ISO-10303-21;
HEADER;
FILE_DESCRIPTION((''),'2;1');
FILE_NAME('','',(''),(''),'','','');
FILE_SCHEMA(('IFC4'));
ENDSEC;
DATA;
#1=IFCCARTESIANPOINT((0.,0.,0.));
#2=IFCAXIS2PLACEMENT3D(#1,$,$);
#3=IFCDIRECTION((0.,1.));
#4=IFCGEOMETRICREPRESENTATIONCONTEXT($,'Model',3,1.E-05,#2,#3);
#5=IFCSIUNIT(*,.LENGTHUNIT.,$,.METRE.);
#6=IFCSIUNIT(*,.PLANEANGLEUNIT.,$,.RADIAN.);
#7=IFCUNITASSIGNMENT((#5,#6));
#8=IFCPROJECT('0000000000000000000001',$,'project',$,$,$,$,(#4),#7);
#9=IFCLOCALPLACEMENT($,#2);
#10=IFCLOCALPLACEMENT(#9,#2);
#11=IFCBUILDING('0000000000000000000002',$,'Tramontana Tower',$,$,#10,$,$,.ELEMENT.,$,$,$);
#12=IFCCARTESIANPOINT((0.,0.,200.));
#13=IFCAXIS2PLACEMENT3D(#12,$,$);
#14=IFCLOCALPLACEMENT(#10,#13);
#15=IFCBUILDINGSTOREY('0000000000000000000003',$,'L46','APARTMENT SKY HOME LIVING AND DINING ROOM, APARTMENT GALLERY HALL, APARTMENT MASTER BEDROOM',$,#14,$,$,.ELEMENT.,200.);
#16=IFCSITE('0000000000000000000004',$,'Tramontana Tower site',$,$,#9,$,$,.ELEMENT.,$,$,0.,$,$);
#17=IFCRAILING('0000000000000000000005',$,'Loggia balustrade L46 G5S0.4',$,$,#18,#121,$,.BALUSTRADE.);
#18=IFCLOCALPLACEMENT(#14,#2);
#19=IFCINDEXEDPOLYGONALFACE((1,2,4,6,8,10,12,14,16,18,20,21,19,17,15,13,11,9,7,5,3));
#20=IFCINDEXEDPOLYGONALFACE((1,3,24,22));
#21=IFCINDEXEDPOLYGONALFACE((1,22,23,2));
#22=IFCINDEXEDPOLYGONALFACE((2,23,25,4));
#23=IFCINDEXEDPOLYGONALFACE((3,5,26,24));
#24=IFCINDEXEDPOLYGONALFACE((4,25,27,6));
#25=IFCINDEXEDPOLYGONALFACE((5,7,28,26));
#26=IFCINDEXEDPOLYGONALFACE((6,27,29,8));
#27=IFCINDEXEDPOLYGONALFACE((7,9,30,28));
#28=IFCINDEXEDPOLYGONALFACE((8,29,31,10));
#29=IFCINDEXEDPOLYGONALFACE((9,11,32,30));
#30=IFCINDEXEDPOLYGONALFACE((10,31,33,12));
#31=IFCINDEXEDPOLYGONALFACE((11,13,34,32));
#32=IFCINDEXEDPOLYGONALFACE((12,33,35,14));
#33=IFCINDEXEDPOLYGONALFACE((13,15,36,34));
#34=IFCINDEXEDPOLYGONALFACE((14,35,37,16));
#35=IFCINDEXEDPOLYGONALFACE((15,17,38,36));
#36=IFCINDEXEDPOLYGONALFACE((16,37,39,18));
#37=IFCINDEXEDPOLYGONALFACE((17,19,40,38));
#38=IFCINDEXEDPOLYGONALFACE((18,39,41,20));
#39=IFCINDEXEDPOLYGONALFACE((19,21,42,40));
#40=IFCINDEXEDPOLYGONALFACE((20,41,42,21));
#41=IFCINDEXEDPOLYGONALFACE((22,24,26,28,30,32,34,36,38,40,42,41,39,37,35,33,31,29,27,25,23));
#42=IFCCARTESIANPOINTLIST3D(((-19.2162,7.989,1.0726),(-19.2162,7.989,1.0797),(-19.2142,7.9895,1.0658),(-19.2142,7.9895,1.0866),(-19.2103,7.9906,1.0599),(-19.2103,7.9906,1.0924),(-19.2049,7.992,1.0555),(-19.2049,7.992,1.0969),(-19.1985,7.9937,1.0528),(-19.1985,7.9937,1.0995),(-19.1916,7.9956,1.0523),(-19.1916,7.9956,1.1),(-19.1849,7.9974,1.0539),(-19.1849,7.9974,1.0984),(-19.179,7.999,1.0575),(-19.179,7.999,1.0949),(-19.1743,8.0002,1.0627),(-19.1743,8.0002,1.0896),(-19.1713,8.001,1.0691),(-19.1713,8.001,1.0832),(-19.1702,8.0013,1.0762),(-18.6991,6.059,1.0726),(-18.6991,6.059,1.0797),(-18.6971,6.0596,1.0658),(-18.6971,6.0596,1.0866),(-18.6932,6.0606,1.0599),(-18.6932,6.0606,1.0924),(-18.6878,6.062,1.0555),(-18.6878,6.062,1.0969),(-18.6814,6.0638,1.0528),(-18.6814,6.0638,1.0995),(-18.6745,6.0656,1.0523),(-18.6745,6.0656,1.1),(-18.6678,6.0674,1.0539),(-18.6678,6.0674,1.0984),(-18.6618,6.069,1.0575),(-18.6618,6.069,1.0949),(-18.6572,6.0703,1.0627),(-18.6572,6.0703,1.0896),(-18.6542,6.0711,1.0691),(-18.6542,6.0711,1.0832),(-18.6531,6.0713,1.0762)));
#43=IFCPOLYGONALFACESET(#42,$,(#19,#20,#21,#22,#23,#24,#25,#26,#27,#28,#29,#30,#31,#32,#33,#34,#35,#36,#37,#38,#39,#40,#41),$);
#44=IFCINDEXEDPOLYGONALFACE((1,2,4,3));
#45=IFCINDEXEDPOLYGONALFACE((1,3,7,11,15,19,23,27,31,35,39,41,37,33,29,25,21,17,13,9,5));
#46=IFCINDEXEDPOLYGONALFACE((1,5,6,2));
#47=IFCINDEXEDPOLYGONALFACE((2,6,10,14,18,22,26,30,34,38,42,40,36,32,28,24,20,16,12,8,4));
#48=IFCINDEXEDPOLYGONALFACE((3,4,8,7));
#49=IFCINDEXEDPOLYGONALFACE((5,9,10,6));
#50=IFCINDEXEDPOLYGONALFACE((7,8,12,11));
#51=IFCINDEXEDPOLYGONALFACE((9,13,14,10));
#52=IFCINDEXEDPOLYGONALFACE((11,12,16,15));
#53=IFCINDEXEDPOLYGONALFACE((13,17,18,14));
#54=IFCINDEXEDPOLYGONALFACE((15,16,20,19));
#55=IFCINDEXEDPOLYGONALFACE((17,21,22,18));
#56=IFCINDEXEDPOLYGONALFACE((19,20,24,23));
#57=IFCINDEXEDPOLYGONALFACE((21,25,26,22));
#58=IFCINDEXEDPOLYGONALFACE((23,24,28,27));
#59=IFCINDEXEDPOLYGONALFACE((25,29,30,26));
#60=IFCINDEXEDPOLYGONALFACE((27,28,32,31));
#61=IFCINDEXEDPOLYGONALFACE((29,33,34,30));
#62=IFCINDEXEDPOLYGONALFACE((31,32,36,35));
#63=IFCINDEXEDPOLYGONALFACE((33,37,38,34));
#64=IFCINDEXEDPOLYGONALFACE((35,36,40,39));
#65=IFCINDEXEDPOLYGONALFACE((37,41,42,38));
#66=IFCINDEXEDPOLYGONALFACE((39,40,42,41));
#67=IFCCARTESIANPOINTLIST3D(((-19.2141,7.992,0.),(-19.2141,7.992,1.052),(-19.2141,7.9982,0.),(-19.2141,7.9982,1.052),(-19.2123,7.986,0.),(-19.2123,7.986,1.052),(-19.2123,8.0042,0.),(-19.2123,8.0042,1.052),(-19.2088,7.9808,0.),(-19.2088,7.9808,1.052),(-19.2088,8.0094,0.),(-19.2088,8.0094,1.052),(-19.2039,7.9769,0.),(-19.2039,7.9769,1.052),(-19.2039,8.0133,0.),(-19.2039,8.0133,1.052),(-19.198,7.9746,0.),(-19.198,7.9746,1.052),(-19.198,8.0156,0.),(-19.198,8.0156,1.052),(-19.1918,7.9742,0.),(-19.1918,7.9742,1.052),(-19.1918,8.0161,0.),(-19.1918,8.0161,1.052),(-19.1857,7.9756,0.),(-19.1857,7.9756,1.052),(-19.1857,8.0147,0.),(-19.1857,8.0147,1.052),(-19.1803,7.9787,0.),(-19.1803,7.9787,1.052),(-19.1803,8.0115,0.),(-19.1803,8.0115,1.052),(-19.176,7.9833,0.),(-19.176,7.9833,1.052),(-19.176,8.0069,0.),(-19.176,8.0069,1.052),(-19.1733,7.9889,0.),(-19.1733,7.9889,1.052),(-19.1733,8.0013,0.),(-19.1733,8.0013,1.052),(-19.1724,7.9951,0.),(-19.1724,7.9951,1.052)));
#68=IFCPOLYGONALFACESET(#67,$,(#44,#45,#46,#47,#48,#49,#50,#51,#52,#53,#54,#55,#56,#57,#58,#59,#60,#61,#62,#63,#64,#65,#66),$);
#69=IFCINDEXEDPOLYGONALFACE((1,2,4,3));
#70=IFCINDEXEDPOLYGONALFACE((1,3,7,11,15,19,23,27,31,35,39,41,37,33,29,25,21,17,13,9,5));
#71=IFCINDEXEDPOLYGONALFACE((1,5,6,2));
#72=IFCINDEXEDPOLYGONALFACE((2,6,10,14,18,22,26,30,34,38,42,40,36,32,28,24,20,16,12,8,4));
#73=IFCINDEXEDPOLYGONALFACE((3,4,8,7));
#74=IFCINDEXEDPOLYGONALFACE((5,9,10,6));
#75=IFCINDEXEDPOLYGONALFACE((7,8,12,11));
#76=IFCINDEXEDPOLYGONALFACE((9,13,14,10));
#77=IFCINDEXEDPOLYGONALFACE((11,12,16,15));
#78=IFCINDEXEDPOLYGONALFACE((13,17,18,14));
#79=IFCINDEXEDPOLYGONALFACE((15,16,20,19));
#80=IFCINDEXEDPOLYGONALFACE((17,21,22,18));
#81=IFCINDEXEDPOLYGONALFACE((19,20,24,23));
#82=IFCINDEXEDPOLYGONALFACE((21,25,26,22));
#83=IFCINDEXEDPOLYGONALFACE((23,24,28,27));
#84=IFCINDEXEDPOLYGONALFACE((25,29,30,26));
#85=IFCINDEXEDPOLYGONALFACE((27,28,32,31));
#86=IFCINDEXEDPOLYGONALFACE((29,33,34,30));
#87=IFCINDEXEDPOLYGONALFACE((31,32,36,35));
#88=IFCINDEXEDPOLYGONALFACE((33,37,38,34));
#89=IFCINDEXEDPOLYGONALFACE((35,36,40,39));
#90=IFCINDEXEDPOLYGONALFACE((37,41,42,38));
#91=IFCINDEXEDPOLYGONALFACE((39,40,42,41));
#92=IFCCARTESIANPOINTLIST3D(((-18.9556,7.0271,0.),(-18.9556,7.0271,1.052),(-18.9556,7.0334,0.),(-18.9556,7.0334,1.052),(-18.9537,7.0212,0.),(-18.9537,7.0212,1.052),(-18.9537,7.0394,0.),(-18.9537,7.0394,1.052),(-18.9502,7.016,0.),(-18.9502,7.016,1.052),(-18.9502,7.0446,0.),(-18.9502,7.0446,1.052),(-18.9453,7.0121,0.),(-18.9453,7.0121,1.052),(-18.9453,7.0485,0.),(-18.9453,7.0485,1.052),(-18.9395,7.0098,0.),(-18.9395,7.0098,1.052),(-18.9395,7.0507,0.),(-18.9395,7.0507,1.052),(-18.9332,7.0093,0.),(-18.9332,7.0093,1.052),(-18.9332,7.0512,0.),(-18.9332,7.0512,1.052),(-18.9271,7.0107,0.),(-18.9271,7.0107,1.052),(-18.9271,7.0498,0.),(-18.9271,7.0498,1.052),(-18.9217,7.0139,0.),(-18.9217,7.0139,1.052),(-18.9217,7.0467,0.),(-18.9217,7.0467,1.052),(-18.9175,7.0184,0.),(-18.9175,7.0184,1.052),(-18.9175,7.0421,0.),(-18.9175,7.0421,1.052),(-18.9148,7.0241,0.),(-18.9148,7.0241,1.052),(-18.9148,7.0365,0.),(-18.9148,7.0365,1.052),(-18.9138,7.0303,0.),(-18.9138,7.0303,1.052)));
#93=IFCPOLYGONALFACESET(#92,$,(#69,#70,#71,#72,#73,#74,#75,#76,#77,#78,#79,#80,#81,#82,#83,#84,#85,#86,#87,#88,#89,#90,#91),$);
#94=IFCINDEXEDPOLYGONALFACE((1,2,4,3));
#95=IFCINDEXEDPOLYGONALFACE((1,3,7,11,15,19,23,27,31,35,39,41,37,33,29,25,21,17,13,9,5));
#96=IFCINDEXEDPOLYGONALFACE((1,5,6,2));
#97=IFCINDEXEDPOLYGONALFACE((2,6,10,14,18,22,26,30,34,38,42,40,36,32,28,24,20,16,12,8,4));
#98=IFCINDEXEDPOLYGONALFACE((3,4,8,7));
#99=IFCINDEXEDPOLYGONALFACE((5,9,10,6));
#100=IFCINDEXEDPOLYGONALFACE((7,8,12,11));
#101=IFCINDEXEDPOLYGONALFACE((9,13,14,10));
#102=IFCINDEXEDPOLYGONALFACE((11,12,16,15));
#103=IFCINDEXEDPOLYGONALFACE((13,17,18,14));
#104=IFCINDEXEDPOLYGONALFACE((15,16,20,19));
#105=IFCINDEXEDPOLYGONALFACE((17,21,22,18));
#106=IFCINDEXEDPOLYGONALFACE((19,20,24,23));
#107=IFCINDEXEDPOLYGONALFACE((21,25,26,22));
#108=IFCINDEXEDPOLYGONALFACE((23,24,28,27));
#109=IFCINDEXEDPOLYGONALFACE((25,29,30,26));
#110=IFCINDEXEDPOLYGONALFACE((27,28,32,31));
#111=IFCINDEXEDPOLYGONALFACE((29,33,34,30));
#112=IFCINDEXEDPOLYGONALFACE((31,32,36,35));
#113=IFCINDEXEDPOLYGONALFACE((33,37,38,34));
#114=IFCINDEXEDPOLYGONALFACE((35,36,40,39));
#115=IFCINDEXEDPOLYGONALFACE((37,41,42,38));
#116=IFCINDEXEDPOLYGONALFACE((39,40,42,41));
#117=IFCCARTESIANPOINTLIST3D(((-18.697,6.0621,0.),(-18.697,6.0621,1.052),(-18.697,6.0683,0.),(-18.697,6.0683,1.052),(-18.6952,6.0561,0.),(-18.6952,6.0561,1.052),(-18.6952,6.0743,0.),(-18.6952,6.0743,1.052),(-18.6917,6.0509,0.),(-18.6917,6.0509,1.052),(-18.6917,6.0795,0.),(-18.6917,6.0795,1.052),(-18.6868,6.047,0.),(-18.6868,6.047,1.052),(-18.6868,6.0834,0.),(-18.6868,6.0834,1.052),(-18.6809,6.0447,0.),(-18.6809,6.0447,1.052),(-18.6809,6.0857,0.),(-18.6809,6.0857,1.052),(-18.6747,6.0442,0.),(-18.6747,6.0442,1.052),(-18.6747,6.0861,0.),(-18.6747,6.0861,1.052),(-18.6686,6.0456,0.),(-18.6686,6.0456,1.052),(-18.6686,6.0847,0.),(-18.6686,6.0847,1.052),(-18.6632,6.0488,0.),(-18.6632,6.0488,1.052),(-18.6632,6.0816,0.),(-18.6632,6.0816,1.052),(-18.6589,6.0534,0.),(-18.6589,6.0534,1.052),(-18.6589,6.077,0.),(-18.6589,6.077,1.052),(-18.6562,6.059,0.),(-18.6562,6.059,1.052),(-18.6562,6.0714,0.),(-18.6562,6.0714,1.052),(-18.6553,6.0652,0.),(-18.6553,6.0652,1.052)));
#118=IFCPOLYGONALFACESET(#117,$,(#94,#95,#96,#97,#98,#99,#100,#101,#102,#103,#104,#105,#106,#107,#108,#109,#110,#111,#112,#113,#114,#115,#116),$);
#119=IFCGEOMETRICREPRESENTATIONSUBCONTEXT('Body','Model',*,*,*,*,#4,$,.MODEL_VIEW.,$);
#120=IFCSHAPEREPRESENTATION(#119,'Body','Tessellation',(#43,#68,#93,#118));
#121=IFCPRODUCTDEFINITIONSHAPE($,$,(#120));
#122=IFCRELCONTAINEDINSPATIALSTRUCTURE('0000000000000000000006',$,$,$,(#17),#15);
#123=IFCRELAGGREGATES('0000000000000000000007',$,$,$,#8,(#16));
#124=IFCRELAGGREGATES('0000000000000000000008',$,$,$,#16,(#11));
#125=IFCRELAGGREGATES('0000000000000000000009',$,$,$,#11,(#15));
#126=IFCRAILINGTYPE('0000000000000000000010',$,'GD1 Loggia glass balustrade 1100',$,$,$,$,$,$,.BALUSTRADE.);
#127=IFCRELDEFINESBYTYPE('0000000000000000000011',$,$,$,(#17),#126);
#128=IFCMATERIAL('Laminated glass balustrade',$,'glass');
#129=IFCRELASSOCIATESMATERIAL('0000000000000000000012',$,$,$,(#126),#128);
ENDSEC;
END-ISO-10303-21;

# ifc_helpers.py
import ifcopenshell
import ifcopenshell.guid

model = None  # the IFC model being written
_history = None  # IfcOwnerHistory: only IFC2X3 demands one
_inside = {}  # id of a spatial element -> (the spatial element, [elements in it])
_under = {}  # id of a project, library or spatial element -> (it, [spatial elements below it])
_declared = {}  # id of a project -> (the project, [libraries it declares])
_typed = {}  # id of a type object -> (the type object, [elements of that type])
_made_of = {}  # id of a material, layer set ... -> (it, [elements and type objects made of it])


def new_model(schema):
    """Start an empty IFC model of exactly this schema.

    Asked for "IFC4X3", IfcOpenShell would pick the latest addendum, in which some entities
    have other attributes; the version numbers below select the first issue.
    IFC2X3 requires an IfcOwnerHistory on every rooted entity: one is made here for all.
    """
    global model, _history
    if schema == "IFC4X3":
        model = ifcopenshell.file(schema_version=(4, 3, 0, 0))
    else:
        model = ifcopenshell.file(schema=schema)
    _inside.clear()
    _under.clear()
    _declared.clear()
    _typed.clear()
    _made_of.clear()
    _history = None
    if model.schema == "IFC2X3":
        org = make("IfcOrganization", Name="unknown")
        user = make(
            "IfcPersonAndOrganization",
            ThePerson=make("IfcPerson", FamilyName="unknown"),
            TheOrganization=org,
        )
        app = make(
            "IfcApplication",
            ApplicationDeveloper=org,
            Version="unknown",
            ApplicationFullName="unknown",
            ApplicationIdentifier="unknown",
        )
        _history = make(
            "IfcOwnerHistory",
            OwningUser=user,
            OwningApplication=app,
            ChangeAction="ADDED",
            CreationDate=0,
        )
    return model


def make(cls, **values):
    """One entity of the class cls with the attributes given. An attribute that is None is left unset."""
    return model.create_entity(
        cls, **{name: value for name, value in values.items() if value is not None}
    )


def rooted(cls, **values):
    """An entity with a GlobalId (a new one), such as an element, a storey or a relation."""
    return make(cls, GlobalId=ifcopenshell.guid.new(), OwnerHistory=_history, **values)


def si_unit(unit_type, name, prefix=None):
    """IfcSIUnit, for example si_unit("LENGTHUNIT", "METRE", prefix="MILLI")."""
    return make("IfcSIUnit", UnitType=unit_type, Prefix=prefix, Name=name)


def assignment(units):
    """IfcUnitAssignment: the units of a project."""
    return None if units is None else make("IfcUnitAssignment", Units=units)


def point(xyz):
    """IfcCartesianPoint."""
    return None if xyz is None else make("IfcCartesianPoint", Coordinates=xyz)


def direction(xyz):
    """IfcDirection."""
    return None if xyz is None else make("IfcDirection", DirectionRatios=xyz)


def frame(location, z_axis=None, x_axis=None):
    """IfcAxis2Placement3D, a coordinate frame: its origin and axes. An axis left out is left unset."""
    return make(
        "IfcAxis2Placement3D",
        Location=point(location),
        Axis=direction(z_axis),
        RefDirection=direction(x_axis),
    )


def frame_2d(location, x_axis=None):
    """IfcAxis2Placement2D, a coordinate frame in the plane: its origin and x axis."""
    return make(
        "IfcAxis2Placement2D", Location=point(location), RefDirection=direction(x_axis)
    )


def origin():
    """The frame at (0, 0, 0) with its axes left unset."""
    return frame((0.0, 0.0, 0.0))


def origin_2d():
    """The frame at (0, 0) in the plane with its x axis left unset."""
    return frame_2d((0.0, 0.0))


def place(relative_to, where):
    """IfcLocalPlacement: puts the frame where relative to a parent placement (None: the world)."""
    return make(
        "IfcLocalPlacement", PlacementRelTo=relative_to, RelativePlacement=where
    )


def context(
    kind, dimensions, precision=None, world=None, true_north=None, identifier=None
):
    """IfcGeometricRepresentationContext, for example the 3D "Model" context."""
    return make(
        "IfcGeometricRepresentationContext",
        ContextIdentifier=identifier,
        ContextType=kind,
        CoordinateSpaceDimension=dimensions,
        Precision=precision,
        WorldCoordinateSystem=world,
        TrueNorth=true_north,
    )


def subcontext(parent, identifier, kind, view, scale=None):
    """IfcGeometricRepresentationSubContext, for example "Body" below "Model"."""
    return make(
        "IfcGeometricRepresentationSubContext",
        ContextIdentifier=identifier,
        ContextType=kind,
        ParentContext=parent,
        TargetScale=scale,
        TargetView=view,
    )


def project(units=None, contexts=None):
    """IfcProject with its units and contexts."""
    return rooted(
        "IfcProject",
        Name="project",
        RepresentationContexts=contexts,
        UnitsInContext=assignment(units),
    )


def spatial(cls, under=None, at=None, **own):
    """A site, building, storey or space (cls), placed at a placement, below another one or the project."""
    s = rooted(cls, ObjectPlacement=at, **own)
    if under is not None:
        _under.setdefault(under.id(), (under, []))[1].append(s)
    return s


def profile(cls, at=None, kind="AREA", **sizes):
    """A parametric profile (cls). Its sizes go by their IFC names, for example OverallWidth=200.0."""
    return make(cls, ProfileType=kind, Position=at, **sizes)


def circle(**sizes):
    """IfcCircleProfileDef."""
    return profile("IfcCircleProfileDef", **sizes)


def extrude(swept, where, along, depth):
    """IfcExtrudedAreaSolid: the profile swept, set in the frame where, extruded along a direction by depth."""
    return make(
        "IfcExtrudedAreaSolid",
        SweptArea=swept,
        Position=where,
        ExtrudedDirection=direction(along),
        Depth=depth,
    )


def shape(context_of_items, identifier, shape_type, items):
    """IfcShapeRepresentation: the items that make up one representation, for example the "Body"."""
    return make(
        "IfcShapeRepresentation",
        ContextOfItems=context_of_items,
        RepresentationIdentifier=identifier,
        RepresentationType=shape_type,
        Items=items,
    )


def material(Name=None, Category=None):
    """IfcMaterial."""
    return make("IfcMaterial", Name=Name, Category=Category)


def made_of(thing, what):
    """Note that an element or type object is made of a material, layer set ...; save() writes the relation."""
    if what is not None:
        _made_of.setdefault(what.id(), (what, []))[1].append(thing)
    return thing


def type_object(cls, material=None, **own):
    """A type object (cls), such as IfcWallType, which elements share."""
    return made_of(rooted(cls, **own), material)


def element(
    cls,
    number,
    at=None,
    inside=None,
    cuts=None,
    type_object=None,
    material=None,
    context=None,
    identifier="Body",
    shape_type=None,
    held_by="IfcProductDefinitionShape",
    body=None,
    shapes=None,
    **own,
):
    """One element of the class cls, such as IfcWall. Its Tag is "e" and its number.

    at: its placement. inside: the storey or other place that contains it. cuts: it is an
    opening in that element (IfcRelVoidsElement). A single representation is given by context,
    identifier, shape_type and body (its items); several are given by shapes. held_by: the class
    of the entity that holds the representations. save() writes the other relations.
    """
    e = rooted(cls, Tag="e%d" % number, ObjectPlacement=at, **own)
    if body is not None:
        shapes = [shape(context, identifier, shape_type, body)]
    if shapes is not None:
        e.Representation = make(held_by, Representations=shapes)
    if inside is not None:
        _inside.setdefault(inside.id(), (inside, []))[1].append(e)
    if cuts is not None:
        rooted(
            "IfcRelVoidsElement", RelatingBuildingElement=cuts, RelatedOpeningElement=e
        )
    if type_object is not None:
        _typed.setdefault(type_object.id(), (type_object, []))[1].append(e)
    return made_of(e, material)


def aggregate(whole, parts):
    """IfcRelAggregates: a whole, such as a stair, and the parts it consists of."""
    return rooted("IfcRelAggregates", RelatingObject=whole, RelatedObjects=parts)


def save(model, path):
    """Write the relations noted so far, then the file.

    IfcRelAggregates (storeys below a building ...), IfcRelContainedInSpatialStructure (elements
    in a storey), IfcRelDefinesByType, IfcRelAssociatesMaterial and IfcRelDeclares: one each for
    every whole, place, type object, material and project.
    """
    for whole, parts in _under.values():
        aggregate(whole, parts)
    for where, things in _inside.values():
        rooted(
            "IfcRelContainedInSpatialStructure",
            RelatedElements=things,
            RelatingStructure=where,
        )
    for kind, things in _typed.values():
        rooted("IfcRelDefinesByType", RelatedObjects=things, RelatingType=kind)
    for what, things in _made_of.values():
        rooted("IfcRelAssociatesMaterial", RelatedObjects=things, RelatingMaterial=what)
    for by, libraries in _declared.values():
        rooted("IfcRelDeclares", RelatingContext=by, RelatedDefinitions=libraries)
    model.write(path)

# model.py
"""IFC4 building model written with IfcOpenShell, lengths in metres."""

from ifc_helpers import new_model, si_unit, direction, frame, origin, origin_2d, place, context, subcontext, project, spatial, circle, extrude, material, type_object, element, save


model = new_model("IFC4")

# Units and contexts
model_context = context("Model", 3, precision=1e-05, world=origin(), true_north=direction((0.0, 1.0)))
body_context = subcontext(model_context, "Body", "Model", "MODEL_VIEW")
ifc_project = project(units=[si_unit("LENGTHUNIT", "METRE"), si_unit("PLANEANGLEUNIT", "RADIAN")], contexts=[model_context])

# Site, building, storey
site_placement = place(None, origin())
site = spatial("IfcSite", under=ifc_project, at=site_placement, Name="Tramontana Tower site", CompositionType="ELEMENT", RefElevation=0.0)
building_placement = place(site_placement, origin())
building = spatial("IfcBuilding", under=site, at=building_placement, Name="Tramontana Tower", CompositionType="ELEMENT")
storey_placement = place(building_placement, frame((0.0, 0.0, 200.0)))
storey = spatial("IfcBuildingStorey", under=building, at=storey_placement, Name="L46", Description="APARTMENT SKY HOME LIVING AND DINING ROOM, APARTMENT GALLERY HALL, APARTMENT MASTER BEDROOM", CompositionType="ELEMENT", Elevation=200.0)

# Railing
ifc_material_1 = material(Name="Laminated glass balustrade", Category="glass")
railing_type = type_object("IfcRailingType", Name="GD1 Loggia glass balustrade 1100", PredefinedType="BALUSTRADE", material=ifc_material_1)
railing_placement = place(storey_placement, frame((-19.1934, 7.9951, 0.0)))
element("IfcRailing", 1, at=railing_placement, inside=storey, type_object=railing_type, Name="Loggia balustrade L46 G5S0.4", PredefinedType="BALUSTRADE", context=body_context, shape_type="SweptSolid", body=[
    extrude(circle(Radius=0.0239, at=origin_2d()), frame((0.0, 0.0, 1.0762), z_axis=(0.258803, -0.96593, 0.0), x_axis=(0.96593, 0.258803, 0.0)), (0.0, 0.0, 1.0), 1.998),
    extrude(circle(Radius=0.021, at=origin_2d()), origin(), (0.0, 0.0, 1.0), 1.052),
    extrude(circle(Radius=0.021, at=origin_2d()), frame((0.2585, -0.9648, 0.0)), (0.0, 0.0, 1.0), 1.052),
    extrude(circle(Radius=0.021, at=origin_2d()), frame((0.5171, -1.9299, 0.0)), (0.0, 0.0, 1.0), 1.052),
])

save(model, "model.ifc")
